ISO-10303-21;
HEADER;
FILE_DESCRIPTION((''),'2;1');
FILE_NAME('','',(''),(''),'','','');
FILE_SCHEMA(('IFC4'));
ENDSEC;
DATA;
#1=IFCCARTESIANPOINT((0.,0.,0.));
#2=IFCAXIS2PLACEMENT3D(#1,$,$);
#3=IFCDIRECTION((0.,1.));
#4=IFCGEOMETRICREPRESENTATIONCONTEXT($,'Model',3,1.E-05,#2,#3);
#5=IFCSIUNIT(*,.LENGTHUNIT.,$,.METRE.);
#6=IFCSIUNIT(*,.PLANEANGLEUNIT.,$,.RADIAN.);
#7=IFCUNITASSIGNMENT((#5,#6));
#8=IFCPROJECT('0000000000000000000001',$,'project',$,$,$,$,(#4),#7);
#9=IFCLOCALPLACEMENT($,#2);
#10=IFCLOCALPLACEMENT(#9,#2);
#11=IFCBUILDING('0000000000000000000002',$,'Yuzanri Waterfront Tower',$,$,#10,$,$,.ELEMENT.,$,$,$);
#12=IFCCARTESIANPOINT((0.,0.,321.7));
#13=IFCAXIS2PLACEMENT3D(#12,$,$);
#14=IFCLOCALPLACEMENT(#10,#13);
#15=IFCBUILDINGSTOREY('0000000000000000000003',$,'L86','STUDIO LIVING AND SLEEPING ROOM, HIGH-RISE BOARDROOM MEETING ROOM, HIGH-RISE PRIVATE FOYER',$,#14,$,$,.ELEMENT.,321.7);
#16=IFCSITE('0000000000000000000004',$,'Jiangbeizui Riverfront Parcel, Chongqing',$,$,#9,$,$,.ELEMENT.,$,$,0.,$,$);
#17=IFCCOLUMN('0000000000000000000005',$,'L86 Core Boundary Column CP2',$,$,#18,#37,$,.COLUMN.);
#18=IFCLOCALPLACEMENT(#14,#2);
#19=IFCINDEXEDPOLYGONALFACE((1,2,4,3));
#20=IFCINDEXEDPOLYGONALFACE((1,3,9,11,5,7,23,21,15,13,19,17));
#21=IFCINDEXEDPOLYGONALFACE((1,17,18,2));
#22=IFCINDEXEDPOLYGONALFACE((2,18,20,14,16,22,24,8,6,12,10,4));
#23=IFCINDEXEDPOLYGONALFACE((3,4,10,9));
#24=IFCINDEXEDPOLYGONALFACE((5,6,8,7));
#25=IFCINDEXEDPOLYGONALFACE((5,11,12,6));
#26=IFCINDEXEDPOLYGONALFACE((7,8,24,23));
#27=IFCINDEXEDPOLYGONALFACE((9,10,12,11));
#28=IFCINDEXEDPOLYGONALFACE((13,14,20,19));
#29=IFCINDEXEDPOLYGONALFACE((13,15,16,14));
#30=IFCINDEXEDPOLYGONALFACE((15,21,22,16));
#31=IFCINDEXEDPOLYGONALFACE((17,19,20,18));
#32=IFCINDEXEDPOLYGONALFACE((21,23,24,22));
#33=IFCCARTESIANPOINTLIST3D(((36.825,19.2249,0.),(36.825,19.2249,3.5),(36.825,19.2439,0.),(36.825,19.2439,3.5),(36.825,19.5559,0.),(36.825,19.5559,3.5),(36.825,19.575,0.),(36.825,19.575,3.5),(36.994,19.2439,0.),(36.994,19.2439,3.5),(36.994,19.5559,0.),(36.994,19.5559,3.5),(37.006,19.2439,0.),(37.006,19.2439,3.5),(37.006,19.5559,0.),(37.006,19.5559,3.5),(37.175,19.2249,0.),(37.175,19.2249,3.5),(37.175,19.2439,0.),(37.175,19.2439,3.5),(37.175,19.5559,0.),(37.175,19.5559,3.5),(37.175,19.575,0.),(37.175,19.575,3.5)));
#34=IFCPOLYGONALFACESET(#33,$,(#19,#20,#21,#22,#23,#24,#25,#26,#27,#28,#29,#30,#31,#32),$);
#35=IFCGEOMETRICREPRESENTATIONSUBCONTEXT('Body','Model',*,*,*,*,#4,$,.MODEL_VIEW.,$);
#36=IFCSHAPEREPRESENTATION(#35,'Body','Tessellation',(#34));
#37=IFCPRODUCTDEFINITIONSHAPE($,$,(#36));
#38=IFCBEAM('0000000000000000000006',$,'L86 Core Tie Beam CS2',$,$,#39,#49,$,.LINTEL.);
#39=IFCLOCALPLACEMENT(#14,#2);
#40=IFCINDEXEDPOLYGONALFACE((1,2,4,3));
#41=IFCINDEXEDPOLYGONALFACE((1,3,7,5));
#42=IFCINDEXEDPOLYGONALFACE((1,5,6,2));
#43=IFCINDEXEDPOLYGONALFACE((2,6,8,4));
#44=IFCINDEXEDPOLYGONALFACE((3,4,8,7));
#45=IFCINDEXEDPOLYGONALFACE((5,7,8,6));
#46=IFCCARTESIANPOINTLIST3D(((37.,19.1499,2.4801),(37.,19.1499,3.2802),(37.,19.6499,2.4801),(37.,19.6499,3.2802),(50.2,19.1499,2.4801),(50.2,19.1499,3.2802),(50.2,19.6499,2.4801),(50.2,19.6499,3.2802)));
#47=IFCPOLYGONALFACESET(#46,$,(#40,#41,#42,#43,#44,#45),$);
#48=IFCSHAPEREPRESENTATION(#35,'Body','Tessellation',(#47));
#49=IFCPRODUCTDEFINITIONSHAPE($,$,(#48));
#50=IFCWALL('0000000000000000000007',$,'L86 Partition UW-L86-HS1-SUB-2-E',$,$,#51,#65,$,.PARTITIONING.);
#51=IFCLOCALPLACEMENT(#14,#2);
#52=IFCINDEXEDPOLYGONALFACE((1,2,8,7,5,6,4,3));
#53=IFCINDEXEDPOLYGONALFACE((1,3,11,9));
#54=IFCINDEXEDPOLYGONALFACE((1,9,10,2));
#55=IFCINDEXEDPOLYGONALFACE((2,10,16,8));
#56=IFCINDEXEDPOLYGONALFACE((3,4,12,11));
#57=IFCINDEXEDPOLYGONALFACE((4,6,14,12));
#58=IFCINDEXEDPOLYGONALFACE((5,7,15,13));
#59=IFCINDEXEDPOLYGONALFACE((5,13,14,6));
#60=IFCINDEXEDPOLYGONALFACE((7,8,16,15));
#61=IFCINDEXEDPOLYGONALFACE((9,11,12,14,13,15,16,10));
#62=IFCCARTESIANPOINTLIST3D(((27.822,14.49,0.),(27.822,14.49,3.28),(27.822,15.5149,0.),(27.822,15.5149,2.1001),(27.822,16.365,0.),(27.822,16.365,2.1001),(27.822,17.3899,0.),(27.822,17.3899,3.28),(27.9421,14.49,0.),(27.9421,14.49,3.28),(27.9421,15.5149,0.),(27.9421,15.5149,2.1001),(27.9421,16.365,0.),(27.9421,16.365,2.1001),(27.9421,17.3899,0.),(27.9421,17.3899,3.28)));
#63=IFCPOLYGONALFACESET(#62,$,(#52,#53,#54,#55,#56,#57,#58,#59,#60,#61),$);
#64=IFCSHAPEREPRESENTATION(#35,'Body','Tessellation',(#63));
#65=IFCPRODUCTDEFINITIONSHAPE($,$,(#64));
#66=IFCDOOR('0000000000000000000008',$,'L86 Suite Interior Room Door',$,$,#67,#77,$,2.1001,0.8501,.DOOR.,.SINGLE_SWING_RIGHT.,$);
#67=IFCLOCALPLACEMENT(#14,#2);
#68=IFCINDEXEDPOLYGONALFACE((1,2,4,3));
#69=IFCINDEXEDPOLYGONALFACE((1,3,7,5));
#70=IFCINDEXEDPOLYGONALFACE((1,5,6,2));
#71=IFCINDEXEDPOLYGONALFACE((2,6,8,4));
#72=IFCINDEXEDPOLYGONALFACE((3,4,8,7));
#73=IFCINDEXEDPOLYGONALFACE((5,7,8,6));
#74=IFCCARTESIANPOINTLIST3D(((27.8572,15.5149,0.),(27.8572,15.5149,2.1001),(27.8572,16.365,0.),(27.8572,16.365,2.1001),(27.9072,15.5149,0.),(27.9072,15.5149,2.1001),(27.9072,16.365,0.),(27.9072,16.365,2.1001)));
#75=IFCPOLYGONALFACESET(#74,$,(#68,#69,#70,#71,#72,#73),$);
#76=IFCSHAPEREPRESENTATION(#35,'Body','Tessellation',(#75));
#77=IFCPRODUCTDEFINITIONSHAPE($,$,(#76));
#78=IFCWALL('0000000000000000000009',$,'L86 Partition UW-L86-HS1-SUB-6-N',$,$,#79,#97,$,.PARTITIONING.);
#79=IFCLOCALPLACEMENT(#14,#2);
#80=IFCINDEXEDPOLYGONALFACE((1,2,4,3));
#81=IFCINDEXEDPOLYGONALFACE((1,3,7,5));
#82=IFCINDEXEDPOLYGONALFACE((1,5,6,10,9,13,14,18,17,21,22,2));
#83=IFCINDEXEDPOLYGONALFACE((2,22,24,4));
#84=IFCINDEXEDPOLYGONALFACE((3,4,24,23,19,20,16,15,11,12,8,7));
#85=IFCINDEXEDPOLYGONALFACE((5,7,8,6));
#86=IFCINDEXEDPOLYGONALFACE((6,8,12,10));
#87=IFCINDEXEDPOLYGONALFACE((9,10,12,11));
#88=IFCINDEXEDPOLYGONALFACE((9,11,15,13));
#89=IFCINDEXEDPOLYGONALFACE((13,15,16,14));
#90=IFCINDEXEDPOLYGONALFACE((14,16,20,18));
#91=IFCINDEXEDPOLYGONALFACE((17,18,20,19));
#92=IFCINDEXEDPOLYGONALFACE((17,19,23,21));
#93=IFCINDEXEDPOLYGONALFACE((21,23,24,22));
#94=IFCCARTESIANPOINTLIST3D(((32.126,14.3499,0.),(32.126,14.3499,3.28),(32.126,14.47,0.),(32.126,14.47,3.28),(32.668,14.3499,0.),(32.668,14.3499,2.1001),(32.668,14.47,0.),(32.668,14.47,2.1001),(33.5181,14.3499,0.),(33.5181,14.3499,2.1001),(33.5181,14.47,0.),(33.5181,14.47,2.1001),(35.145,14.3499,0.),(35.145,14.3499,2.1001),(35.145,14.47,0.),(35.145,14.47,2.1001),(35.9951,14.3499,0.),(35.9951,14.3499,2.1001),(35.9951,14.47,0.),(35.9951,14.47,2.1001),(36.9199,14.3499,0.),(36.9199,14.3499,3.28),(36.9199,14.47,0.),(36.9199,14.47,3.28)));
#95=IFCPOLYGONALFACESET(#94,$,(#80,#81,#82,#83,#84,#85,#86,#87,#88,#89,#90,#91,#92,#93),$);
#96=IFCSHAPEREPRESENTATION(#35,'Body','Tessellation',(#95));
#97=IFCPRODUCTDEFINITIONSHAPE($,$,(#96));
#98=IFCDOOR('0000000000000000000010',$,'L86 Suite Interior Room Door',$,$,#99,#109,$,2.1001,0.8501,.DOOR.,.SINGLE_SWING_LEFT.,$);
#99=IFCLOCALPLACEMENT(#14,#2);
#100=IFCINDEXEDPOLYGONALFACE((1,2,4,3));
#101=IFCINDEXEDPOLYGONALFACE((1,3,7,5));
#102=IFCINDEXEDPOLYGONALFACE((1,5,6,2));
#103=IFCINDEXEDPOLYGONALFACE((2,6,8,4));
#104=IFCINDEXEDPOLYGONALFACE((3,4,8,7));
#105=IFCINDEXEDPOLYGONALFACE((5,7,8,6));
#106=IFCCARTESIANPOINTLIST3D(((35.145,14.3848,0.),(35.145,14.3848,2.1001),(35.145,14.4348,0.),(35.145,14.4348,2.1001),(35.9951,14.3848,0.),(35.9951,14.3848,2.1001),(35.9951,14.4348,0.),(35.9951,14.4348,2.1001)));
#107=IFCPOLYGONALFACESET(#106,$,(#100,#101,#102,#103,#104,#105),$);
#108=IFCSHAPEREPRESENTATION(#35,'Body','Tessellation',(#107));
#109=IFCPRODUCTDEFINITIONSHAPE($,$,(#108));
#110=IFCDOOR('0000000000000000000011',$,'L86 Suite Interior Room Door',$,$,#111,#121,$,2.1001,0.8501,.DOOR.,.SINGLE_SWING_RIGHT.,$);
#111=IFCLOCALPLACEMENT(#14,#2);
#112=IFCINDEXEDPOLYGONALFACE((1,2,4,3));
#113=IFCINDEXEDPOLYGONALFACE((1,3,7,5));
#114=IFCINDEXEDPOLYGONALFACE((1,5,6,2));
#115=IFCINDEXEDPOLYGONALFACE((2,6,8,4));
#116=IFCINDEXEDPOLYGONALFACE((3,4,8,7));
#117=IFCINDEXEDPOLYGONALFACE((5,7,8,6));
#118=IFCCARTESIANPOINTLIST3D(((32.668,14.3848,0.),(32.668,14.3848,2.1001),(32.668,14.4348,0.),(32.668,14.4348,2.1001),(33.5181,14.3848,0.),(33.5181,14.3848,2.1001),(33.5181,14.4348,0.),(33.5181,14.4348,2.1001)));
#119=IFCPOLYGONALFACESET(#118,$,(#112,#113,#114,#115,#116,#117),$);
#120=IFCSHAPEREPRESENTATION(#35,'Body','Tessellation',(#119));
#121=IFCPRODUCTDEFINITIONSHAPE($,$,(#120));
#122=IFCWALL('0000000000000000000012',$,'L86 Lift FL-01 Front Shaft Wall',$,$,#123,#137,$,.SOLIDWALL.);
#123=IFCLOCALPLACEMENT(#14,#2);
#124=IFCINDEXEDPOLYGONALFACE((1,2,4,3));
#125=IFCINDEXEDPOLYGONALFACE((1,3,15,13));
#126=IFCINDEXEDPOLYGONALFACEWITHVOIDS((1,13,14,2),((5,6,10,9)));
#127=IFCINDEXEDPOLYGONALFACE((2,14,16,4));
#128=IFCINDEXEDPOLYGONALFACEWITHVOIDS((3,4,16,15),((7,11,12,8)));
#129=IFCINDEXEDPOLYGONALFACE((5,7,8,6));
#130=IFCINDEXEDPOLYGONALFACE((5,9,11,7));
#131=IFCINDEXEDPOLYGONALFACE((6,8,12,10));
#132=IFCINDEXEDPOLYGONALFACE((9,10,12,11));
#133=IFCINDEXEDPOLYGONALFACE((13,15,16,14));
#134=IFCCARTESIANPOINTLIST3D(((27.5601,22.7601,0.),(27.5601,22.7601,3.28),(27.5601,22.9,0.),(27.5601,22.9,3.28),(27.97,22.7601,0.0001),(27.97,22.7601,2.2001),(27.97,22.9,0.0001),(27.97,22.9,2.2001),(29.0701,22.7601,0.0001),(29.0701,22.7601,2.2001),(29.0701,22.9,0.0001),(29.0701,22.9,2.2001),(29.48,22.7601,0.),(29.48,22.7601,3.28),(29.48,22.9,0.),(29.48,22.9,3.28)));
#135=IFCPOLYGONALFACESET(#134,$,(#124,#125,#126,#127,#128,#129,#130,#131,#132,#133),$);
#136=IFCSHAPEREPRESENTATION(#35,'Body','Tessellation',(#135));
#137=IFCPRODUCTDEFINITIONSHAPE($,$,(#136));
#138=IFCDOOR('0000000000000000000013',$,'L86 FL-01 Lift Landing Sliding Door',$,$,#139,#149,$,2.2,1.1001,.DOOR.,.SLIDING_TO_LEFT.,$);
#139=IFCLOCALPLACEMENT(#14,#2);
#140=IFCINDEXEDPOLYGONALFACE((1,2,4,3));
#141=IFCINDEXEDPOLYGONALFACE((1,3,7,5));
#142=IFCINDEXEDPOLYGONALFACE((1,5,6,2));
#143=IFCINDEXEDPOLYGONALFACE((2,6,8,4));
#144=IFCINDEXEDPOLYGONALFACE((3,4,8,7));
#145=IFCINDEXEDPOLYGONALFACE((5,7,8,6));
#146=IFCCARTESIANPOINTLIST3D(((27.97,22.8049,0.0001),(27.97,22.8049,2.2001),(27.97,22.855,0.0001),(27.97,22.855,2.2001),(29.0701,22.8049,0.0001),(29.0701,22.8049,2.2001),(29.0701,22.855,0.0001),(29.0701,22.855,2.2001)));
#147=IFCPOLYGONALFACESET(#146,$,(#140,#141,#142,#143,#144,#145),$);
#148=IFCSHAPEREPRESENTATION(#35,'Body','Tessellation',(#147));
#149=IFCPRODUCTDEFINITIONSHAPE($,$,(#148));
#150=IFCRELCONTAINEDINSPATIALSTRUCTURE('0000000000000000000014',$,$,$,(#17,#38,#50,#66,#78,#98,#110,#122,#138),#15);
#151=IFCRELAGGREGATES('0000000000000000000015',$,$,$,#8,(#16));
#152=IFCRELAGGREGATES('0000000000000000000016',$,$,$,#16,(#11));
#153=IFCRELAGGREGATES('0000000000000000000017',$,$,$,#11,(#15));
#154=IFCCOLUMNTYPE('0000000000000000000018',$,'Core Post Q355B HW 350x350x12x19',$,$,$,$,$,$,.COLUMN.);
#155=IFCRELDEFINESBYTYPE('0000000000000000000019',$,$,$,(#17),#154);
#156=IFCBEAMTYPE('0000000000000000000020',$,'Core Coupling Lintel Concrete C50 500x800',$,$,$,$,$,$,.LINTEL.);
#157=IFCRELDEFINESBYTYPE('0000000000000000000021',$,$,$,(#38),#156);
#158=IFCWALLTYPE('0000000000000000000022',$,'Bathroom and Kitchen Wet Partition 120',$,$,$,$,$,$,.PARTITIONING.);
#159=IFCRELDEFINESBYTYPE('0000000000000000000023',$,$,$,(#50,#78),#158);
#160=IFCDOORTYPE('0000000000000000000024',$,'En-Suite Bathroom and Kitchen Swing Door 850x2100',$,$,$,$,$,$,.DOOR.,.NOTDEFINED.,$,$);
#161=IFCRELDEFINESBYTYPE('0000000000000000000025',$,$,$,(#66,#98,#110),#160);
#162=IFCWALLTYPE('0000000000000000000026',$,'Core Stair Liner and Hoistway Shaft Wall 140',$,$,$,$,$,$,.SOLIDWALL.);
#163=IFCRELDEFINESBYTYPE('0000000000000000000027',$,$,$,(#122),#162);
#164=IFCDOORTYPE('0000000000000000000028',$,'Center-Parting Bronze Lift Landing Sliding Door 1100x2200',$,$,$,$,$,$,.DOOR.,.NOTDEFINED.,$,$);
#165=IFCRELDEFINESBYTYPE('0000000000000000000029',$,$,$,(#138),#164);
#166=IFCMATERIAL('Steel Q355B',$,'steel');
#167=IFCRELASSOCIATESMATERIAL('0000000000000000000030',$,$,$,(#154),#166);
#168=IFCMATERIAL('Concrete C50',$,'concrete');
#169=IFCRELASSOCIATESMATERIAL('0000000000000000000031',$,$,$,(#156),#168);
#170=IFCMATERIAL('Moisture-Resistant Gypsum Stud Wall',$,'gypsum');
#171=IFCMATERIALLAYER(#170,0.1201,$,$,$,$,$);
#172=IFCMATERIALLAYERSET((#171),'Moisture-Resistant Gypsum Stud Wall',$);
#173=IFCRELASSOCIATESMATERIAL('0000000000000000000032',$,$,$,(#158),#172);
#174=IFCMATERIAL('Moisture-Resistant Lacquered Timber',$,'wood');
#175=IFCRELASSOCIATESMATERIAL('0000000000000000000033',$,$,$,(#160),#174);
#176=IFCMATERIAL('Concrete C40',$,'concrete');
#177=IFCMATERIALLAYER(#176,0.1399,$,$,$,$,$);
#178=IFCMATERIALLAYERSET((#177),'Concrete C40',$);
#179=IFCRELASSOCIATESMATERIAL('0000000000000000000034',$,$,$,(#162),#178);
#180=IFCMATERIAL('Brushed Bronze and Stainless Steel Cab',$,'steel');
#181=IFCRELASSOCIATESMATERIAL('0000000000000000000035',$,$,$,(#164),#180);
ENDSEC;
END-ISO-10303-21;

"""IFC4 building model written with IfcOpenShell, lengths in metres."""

from ifc_helpers import new_model, si_unit, direction, frame, frame_2d, origin, origin_2d, place, context, subcontext, project, spatial, rectangle, i_section, extrude, source, transform, mapped, material, layer, layer_set, material_profile, profile_set, type_object, element, fill, save


model = new_model("IFC4")

# Units and contexts
model_context = context("Model", 3, precision=1e-05, world=origin(), true_north=direction((0.0, 1.0)))
body_context = subcontext(model_context, "Body", "Model", "MODEL_VIEW")
ifc_project = project(units=[si_unit("LENGTHUNIT", "METRE"), si_unit("PLANEANGLEUNIT", "RADIAN")], contexts=[model_context])

# Site, building, storey
site_placement = place(None, origin())
site = spatial("IfcSite", under=ifc_project, at=site_placement, Name="Jiangbeizui Riverfront Parcel, Chongqing", CompositionType="ELEMENT", RefElevation=0.0)
building_placement = place(site_placement, origin())
building = spatial("IfcBuilding", under=site, at=building_placement, Name="Yuzanri Waterfront Tower", CompositionType="ELEMENT")
storey_placement = place(building_placement, frame((0.0, 0.0, 321.7)))
storey = spatial("IfcBuildingStorey", under=building, at=storey_placement, Name="L86", Description="STUDIO LIVING AND SLEEPING ROOM, HIGH-RISE BOARDROOM MEETING ROOM, HIGH-RISE PRIVATE FOYER", CompositionType="ELEMENT", Elevation=321.7)

# Column
ifc_material_1 = material(Name="Steel Q355B", Category="steel")
ifc_material_profile_1 = material_profile(ifc_material_1, i_section(OverallWidth=0.3501, OverallDepth=0.3501, WebThickness=0.012, FlangeThickness=0.019, at=origin_2d()), Name="HW 350x350x12x19")
ifc_profile_set_1 = profile_set([ifc_material_profile_1], Name="Steel Q355B")
column_type = type_object("IfcColumnType", Name="Core Post Q355B HW 350x350x12x19", PredefinedType="COLUMN", material=ifc_profile_set_1)
shared_shape_1 = source(origin(), body_context, "Body", "SweptSolid", [
    extrude(i_section(OverallWidth=0.3501, OverallDepth=0.3501, WebThickness=0.012, FlangeThickness=0.019, at=origin_2d()), origin(), (0.0, 0.0, 1.0), 3.5),
])
column_placement = place(storey_placement, frame((37.0, 19.3999, 0.0), z_axis=(0.0, 0.0, 1.0), x_axis=(1.0, 0.0, 0.0)))
element("IfcColumn", 1, at=column_placement, inside=storey, type_object=column_type, Name="L86 Core Boundary Column CP2", PredefinedType="COLUMN", context=body_context, shape_type="MappedRepresentation", body=[
    mapped(shared_shape_1, transform((0.0, 0.0, 0.0), scale=1.0)),
])

# Beam
ifc_material_2 = material(Name="Concrete C50", Category="concrete")
ifc_material_profile_2 = material_profile(ifc_material_2, rectangle(XDim=0.5, YDim=0.8, at=origin_2d()), Name="RC 500x800")
ifc_profile_set_2 = profile_set([ifc_material_profile_2], Name="Concrete C50")
beam_type = type_object("IfcBeamType", Name="Core Coupling Lintel Concrete C50 500x800", PredefinedType="LINTEL", material=ifc_profile_set_2)
shared_shape_2 = source(origin(), body_context, "Body", "SweptSolid", [
    extrude(rectangle(XDim=0.5, YDim=0.8, at=origin_2d()), origin(), (0.0, 0.0, 1.0), 13.2),
])
beam_placement = place(storey_placement, frame((37.0, 19.3999, 2.8801), z_axis=(1.0, 0.0, 0.0), x_axis=(0.0, 1.0, 0.0)))
element("IfcBeam", 2, at=beam_placement, inside=storey, type_object=beam_type, Name="L86 Core Tie Beam CS2", PredefinedType="LINTEL", context=body_context, shape_type="MappedRepresentation", body=[
    mapped(shared_shape_2, transform((0.0, 0.0, 0.0), scale=1.0)),
])

# Wall, opening, door
ifc_material_3 = material(Name="Moisture-Resistant Gypsum Stud Wall", Category="gypsum")
ifc_layer_1 = layer(ifc_material_3, 0.1201)
ifc_layer_set_1 = layer_set([ifc_layer_1], Name="Moisture-Resistant Gypsum Stud Wall")
wall_type_1 = type_object("IfcWallType", Name="Bathroom and Kitchen Wet Partition 120", PredefinedType="PARTITIONING", material=ifc_layer_set_1)
wall_1_placement = place(storey_placement, frame((27.8821, 14.49, 0.0), z_axis=(0.0, 0.0, 1.0), x_axis=(0.0, 1.0, 0.0)))
wall_1 = element("IfcWall", 3, at=wall_1_placement, inside=storey, type_object=wall_type_1, Name="L86 Partition UW-L86-HS1-SUB-2-E", PredefinedType="PARTITIONING", context=body_context, shape_type="SweptSolid", body=[
    extrude(rectangle(XDim=2.8999, YDim=0.1201, at=frame_2d((1.45, 0.0))), origin(), (0.0, 0.0, 1.0), 3.28),
])
opening_1_placement = place(wall_1_placement, frame((1.0249, 0.0, 0.0)))
opening_1 = element("IfcOpeningElement", 4, at=opening_1_placement, cuts=wall_1, PredefinedType="OPENING", context=body_context, shape_type="SweptSolid", body=[
    extrude(rectangle(XDim=0.8501, YDim=2.1001, at=frame_2d((0.425, 1.05))), frame((0.0, 0.075, 0.0), z_axis=(0.0, -1.0, 0.0), x_axis=(1.0, 0.0, 0.0)), (0.0, 0.0, 1.0), 0.1499),
])
ifc_material_4 = material(Name="Moisture-Resistant Lacquered Timber", Category="wood")
door_type_1 = type_object("IfcDoorType", Name="En-Suite Bathroom and Kitchen Swing Door 850x2100", OperationType="NOTDEFINED", PredefinedType="DOOR", material=ifc_material_4)
shared_shape_3 = source(origin(), body_context, "Body", "SweptSolid", [
    extrude(rectangle(XDim=0.8501, YDim=2.1001, at=frame_2d((0.425, 1.05))), frame((0.0, 0.0249, 0.0), z_axis=(0.0, -1.0, 0.0), x_axis=(1.0, 0.0, 0.0)), (0.0, 0.0, 1.0), 0.05),
])
door_1_placement = place(opening_1_placement, origin())
door_1 = element("IfcDoor", 5, at=door_1_placement, inside=storey, type_object=door_type_1, Name="L86 Suite Interior Room Door", OperationType="SINGLE_SWING_RIGHT", OverallHeight=2.1001, OverallWidth=0.8501, PredefinedType="DOOR", context=body_context, shape_type="MappedRepresentation", body=[
    mapped(shared_shape_3, transform((0.0, 0.0, 0.0), scale=1.0)),
])
fill(opening_1, door_1)

# Wall, openings, doors
wall_2_placement = place(storey_placement, frame((32.126, 14.4099, 0.0), z_axis=(0.0, 0.0, 1.0), x_axis=(1.0, 0.0, 0.0)))
wall_2 = element("IfcWall", 6, at=wall_2_placement, inside=storey, type_object=wall_type_1, Name="L86 Partition UW-L86-HS1-SUB-6-N", PredefinedType="PARTITIONING", context=body_context, shape_type="SweptSolid", body=[
    extrude(rectangle(XDim=4.7939, YDim=0.1201, at=frame_2d((2.397, 0.0))), origin(), (0.0, 0.0, 1.0), 3.28),
])
opening_2_placement = place(wall_2_placement, frame((3.019, 0.0, 0.0)))
opening_2 = element("IfcOpeningElement", 7, at=opening_2_placement, cuts=wall_2, PredefinedType="OPENING", context=body_context, shape_type="SweptSolid", body=[
    extrude(rectangle(XDim=0.8501, YDim=2.1001, at=frame_2d((0.425, 1.05))), frame((0.0, 0.075, 0.0), z_axis=(0.0, -1.0, 0.0), x_axis=(1.0, 0.0, 0.0)), (0.0, 0.0, 1.0), 0.1499),
])
opening_3_placement = place(wall_2_placement, frame((0.542, 0.0, 0.0)))
opening_3 = element("IfcOpeningElement", 8, at=opening_3_placement, cuts=wall_2, PredefinedType="OPENING", context=body_context, shape_type="SweptSolid", body=[
    extrude(rectangle(XDim=0.8501, YDim=2.1001, at=frame_2d((0.425, 1.05))), frame((0.0, 0.075, 0.0), z_axis=(0.0, -1.0, 0.0), x_axis=(1.0, 0.0, 0.0)), (0.0, 0.0, 1.0), 0.1499),
])
door_2_placement = place(opening_2_placement, origin())
door_2 = element("IfcDoor", 9, at=door_2_placement, inside=storey, type_object=door_type_1, Name="L86 Suite Interior Room Door", OperationType="SINGLE_SWING_LEFT", OverallHeight=2.1001, OverallWidth=0.8501, PredefinedType="DOOR", context=body_context, shape_type="MappedRepresentation", body=[
    mapped(shared_shape_3, transform((0.0, 0.0, 0.0), scale=1.0)),
])
fill(opening_2, door_2)
door_3_placement = place(opening_3_placement, origin())
door_3 = element("IfcDoor", 10, at=door_3_placement, inside=storey, type_object=door_type_1, Name="L86 Suite Interior Room Door", OperationType="SINGLE_SWING_RIGHT", OverallHeight=2.1001, OverallWidth=0.8501, PredefinedType="DOOR", context=body_context, shape_type="MappedRepresentation", body=[
    mapped(shared_shape_3, transform((0.0, 0.0, 0.0), scale=1.0)),
])
fill(opening_3, door_3)

# Wall, opening, door
ifc_material_5 = material(Name="Concrete C40", Category="concrete")
ifc_layer_2 = layer(ifc_material_5, 0.1399)
ifc_layer_set_2 = layer_set([ifc_layer_2], Name="Concrete C40")
wall_type_2 = type_object("IfcWallType", Name="Core Stair Liner and Hoistway Shaft Wall 140", PredefinedType="SOLIDWALL", material=ifc_layer_set_2)
wall_3_placement = place(storey_placement, frame((27.5601, 22.8301, 0.0), z_axis=(0.0, 0.0, 1.0), x_axis=(1.0, 0.0, 0.0)))
wall_3 = element("IfcWall", 11, at=wall_3_placement, inside=storey, type_object=wall_type_2, Name="L86 Lift FL-01 Front Shaft Wall", PredefinedType="SOLIDWALL", context=body_context, shape_type="SweptSolid", body=[
    extrude(rectangle(XDim=1.9199, YDim=0.1399, at=frame_2d((0.96, 0.0))), origin(), (0.0, 0.0, 1.0), 3.28),
])
opening_4_placement = place(wall_3_placement, frame((0.4099, 0.0, 0.0)))
opening_4 = element("IfcOpeningElement", 12, at=opening_4_placement, cuts=wall_3, PredefinedType="OPENING", context=body_context, shape_type="SweptSolid", body=[
    extrude(rectangle(XDim=1.1001, YDim=2.2, at=frame_2d((0.55, 1.1001))), frame((0.0, 0.085, 0.0), z_axis=(0.0, -1.0, 0.0), x_axis=(1.0, 0.0, 0.0)), (0.0, 0.0, 1.0), 0.1697),
])
ifc_material_6 = material(Name="Brushed Bronze and Stainless Steel Cab", Category="steel")
door_type_2 = type_object("IfcDoorType", Name="Center-Parting Bronze Lift Landing Sliding Door 1100x2200", OperationType="NOTDEFINED", PredefinedType="DOOR", material=ifc_material_6)
shared_shape_4 = source(origin(), body_context, "Body", "SweptSolid", [
    extrude(rectangle(XDim=1.1001, YDim=2.2, at=frame_2d((0.55, 1.1001))), frame((0.0, 0.0249, 0.0), z_axis=(0.0, -1.0, 0.0), x_axis=(1.0, 0.0, 0.0)), (0.0, 0.0, 1.0), 0.05),
])
door_4_placement = place(opening_4_placement, origin())
door_4 = element("IfcDoor", 13, at=door_4_placement, inside=storey, type_object=door_type_2, Name="L86 FL-01 Lift Landing Sliding Door", OperationType="SLIDING_TO_LEFT", OverallHeight=2.2, OverallWidth=1.1001, PredefinedType="DOOR", context=body_context, shape_type="MappedRepresentation", body=[
    mapped(shared_shape_4, transform((0.0, 0.0, 0.0), scale=1.0)),
])
fill(opening_4, door_4)

save(model, "model.ifc")
